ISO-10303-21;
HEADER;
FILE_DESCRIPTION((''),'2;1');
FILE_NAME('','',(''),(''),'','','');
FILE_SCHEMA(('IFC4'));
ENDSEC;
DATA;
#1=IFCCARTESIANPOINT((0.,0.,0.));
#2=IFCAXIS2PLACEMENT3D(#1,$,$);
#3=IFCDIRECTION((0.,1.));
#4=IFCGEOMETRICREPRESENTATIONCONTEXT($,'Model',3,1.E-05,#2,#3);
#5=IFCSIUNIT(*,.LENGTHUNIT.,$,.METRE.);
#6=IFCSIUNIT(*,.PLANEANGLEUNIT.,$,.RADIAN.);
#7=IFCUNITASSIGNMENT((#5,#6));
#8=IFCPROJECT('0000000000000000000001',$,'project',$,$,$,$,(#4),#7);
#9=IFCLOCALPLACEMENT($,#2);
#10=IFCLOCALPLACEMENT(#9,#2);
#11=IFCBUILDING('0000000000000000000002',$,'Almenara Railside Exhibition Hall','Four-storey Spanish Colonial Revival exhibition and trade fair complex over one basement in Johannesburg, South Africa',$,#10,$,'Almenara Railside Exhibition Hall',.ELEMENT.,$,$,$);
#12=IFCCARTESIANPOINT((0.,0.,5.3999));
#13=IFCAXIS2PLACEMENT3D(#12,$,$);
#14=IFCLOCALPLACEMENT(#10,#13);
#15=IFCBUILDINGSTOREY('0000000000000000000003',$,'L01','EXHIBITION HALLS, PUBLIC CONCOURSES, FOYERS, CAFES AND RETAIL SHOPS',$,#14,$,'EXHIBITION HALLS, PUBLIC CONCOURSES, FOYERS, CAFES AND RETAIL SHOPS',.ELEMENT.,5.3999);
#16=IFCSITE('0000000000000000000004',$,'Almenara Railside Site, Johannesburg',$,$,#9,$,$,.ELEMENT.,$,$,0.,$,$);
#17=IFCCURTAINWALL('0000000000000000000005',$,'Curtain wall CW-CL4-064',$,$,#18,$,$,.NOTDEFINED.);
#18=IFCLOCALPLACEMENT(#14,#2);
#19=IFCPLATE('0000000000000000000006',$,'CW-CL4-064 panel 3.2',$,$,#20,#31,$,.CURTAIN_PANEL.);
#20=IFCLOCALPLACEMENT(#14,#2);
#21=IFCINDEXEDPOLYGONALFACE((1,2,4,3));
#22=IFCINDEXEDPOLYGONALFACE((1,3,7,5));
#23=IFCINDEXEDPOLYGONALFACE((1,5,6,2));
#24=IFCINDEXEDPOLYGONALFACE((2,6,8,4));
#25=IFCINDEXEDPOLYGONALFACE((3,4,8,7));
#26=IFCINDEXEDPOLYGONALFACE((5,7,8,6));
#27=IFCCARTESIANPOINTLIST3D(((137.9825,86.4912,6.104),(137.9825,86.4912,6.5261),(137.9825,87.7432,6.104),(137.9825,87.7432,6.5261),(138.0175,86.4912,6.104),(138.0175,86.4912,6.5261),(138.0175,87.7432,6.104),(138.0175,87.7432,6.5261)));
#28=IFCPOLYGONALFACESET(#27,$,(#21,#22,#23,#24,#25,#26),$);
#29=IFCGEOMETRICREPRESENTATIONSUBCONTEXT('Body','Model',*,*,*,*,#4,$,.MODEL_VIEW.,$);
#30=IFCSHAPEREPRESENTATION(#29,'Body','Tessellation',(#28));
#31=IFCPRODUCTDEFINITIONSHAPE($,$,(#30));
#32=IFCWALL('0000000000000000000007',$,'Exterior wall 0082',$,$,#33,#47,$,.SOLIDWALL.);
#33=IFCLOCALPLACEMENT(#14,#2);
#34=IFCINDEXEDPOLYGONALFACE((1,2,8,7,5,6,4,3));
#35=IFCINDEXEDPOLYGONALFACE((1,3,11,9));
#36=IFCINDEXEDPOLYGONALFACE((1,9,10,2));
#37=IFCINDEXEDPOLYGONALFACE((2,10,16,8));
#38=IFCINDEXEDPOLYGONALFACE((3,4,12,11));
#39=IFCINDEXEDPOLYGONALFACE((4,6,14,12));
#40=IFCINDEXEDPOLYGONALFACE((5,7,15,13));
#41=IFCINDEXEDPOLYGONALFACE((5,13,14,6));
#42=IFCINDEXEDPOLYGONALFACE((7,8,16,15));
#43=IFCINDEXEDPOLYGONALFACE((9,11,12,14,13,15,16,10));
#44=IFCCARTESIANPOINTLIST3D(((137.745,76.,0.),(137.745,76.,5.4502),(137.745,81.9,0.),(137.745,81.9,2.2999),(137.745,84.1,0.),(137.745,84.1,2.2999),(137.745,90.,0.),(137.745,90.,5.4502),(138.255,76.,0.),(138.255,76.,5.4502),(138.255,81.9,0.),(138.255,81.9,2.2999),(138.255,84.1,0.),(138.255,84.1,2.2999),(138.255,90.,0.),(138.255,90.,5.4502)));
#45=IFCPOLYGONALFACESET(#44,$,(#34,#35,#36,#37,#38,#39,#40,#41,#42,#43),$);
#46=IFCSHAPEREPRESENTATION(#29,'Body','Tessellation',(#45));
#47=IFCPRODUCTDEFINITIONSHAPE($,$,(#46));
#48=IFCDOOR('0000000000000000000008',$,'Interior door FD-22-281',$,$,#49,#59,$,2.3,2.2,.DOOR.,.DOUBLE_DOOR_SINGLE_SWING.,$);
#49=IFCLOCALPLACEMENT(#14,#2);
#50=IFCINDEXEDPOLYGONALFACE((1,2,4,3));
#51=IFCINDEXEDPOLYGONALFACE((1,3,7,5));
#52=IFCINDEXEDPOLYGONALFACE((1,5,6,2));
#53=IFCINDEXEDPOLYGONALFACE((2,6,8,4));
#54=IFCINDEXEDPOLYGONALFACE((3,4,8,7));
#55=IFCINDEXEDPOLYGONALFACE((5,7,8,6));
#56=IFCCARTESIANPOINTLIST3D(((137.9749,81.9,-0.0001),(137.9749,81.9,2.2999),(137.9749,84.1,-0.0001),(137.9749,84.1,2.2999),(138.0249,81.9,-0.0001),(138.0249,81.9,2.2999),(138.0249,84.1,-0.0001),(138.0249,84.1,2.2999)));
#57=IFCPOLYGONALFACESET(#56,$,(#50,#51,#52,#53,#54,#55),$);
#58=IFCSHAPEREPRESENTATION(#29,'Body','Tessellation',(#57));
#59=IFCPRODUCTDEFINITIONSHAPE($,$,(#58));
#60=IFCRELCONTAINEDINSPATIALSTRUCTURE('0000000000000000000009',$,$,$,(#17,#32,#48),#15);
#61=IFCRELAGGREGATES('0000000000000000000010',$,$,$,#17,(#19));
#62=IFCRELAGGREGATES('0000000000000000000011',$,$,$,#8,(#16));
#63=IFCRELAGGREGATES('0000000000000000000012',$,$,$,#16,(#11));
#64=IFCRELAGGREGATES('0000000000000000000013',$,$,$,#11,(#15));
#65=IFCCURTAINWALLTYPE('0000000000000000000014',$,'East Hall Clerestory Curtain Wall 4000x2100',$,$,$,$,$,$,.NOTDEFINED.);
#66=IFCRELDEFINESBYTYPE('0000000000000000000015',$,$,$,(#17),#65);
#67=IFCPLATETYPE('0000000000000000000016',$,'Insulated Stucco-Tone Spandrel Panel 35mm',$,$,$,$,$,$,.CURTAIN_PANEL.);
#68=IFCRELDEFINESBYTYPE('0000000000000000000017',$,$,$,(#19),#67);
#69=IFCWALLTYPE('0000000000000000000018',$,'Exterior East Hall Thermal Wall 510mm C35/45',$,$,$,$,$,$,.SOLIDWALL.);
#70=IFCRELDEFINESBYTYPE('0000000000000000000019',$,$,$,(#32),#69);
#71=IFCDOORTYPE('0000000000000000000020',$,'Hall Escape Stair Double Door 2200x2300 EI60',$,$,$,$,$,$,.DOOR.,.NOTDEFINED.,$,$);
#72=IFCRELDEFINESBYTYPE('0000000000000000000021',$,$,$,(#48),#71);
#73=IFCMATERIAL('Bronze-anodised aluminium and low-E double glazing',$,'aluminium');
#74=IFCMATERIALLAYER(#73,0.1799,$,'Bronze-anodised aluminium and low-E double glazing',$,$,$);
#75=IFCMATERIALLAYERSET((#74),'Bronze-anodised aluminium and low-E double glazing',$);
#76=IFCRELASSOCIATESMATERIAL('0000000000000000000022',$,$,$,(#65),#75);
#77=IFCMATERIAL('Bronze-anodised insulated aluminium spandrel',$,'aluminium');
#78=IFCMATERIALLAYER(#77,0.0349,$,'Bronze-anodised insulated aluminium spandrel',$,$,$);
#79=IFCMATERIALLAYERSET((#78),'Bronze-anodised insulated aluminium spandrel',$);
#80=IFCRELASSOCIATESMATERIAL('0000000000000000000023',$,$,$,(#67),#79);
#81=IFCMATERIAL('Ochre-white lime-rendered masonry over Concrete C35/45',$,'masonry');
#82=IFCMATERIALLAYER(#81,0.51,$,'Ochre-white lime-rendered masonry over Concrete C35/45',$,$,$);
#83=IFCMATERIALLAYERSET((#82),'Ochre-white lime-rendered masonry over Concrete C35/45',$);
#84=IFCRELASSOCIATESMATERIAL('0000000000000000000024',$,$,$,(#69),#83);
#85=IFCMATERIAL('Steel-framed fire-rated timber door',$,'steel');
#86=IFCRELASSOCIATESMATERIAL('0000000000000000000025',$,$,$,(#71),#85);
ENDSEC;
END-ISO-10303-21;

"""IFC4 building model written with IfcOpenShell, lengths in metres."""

from ifc_helpers import new_model, si_unit, direction, frame, frame_2d, origin, origin_2d, place, context, subcontext, project, spatial, rectangle, extrude, material, layer, layer_set, type_object, element, fill, aggregate, save


model = new_model("IFC4")

# Units and contexts
model_context = context("Model", 3, precision=1e-05, world=origin(), true_north=direction((0.0, 1.0)))
body_context = subcontext(model_context, "Body", "Model", "MODEL_VIEW")
ifc_project = project(units=[si_unit("LENGTHUNIT", "METRE"), si_unit("PLANEANGLEUNIT", "RADIAN")], contexts=[model_context])

# Site, building, storey
site_placement = place(None, origin())
site = spatial("IfcSite", under=ifc_project, at=site_placement, Name="Almenara Railside Site, Johannesburg", CompositionType="ELEMENT", RefElevation=0.0)
building_placement = place(site_placement, origin())
building = spatial("IfcBuilding", under=site, at=building_placement, Name="Almenara Railside Exhibition Hall", Description="Four-storey Spanish Colonial Revival exhibition and trade fair complex over one basement in Johannesburg, South Africa", LongName="Almenara Railside Exhibition Hall", CompositionType="ELEMENT")
storey_placement = place(building_placement, frame((0.0, 0.0, 5.3999)))
storey = spatial("IfcBuildingStorey", under=building, at=storey_placement, Name="L01", Description="EXHIBITION HALLS, PUBLIC CONCOURSES, FOYERS, CAFES AND RETAIL SHOPS", LongName="EXHIBITION HALLS, PUBLIC CONCOURSES, FOYERS, CAFES AND RETAIL SHOPS", CompositionType="ELEMENT", Elevation=5.3999)

# Curtain wall
ifc_material_1 = material(Name="Bronze-anodised aluminium and low-E double glazing", Category="aluminium")
ifc_layer_1 = layer(ifc_material_1, 0.1799, Name="Bronze-anodised aluminium and low-E double glazing")
ifc_layer_set_1 = layer_set([ifc_layer_1], Name="Bronze-anodised aluminium and low-E double glazing")
curtain_wall_type_1 = type_object("IfcCurtainWallType", Name="East Hall Clerestory Curtain Wall 4000x2100", PredefinedType="NOTDEFINED", material=ifc_layer_set_1)
curtain_wall_1_placement = place(storey_placement, origin())
curtain_wall_1 = element("IfcCurtainWall", 1, at=curtain_wall_1_placement, inside=storey, type_object=curtain_wall_type_1, Name="Curtain wall CW-CL4-064", PredefinedType="NOTDEFINED")

# Plate
ifc_material_2 = material(Name="Bronze-anodised insulated aluminium spandrel", Category="aluminium")
ifc_layer_2 = layer(ifc_material_2, 0.0349, Name="Bronze-anodised insulated aluminium spandrel")
ifc_layer_set_2 = layer_set([ifc_layer_2], Name="Bronze-anodised insulated aluminium spandrel")
plate_type_1 = type_object("IfcPlateType", Name="Insulated Stucco-Tone Spandrel Panel 35mm", PredefinedType="CURTAIN_PANEL", material=ifc_layer_set_2)
plate_1_placement = place(storey_placement, frame((138.0, 87.1172, 6.104), z_axis=(0.0, 0.0, 1.0), x_axis=(0.0, 1.0, 0.0)))
plate_1 = element("IfcPlate", 2, at=plate_1_placement, type_object=plate_type_1, Name="CW-CL4-064 panel 3.2", PredefinedType="CURTAIN_PANEL", context=body_context, shape_type="SweptSolid", body=[
    extrude(rectangle(XDim=1.252, YDim=0.0349, at=origin_2d()), origin(), (0.0, 0.0, 1.0), 0.4221),
])
aggregate(curtain_wall_1, [plate_1])

# Wall, opening, door
ifc_material_3 = material(Name="Ochre-white lime-rendered masonry over Concrete C35/45", Category="masonry")
ifc_layer_3 = layer(ifc_material_3, 0.51, Name="Ochre-white lime-rendered masonry over Concrete C35/45")
ifc_layer_set_3 = layer_set([ifc_layer_3], Name="Ochre-white lime-rendered masonry over Concrete C35/45")
wall_type = type_object("IfcWallType", Name="Exterior East Hall Thermal Wall 510mm C35/45", PredefinedType="SOLIDWALL", material=ifc_layer_set_3)
wall_placement = place(storey_placement, frame((138.0, 90.0, 0.0), z_axis=(0.0, 0.0, 1.0), x_axis=(0.0, -1.0, 0.0)))
wall = element("IfcWall", 3, at=wall_placement, inside=storey, type_object=wall_type, Name="Exterior wall 0082", PredefinedType="SOLIDWALL", context=body_context, shape_type="SweptSolid", body=[
    extrude(rectangle(XDim=14.0, YDim=0.51, at=frame_2d((7.0, 0.0))), origin(), (0.0, 0.0, 1.0), 5.4502),
])
opening_placement = place(wall_placement, frame((5.8999, 0.0, 0.0)))
opening = element("IfcOpeningElement", 4, at=opening_placement, cuts=wall, PredefinedType="OPENING", context=body_context, shape_type="SweptSolid", body=[
    extrude(rectangle(XDim=2.2, YDim=2.3, at=frame_2d((1.1001, 1.1499))), frame((0.0, 0.2649, 0.0), z_axis=(0.0, -1.0, 0.0), x_axis=(1.0, 0.0, 0.0)), (0.0, 0.0, 1.0), 0.53),
])
ifc_material_4 = material(Name="Steel-framed fire-rated timber door", Category="steel")
door_type = type_object("IfcDoorType", Name="Hall Escape Stair Double Door 2200x2300 EI60", OperationType="NOTDEFINED", PredefinedType="DOOR", material=ifc_material_4)
door_placement = place(opening_placement, origin())
door = element("IfcDoor", 5, at=door_placement, inside=storey, type_object=door_type, Name="Interior door FD-22-281", OperationType="DOUBLE_DOOR_SINGLE_SWING", OverallHeight=2.3, OverallWidth=2.2, PredefinedType="DOOR", context=body_context, shape_type="SweptSolid", body=[
    extrude(rectangle(XDim=2.2, YDim=2.3, at=frame_2d((1.1001, 1.1499))), frame((0.0, 0.0249, 0.0), z_axis=(0.0, -1.0, 0.0), x_axis=(1.0, 0.0, 0.0)), (0.0, 0.0, 1.0), 0.05),
])
fill(opening, door)

save(model, "model.ifc")
